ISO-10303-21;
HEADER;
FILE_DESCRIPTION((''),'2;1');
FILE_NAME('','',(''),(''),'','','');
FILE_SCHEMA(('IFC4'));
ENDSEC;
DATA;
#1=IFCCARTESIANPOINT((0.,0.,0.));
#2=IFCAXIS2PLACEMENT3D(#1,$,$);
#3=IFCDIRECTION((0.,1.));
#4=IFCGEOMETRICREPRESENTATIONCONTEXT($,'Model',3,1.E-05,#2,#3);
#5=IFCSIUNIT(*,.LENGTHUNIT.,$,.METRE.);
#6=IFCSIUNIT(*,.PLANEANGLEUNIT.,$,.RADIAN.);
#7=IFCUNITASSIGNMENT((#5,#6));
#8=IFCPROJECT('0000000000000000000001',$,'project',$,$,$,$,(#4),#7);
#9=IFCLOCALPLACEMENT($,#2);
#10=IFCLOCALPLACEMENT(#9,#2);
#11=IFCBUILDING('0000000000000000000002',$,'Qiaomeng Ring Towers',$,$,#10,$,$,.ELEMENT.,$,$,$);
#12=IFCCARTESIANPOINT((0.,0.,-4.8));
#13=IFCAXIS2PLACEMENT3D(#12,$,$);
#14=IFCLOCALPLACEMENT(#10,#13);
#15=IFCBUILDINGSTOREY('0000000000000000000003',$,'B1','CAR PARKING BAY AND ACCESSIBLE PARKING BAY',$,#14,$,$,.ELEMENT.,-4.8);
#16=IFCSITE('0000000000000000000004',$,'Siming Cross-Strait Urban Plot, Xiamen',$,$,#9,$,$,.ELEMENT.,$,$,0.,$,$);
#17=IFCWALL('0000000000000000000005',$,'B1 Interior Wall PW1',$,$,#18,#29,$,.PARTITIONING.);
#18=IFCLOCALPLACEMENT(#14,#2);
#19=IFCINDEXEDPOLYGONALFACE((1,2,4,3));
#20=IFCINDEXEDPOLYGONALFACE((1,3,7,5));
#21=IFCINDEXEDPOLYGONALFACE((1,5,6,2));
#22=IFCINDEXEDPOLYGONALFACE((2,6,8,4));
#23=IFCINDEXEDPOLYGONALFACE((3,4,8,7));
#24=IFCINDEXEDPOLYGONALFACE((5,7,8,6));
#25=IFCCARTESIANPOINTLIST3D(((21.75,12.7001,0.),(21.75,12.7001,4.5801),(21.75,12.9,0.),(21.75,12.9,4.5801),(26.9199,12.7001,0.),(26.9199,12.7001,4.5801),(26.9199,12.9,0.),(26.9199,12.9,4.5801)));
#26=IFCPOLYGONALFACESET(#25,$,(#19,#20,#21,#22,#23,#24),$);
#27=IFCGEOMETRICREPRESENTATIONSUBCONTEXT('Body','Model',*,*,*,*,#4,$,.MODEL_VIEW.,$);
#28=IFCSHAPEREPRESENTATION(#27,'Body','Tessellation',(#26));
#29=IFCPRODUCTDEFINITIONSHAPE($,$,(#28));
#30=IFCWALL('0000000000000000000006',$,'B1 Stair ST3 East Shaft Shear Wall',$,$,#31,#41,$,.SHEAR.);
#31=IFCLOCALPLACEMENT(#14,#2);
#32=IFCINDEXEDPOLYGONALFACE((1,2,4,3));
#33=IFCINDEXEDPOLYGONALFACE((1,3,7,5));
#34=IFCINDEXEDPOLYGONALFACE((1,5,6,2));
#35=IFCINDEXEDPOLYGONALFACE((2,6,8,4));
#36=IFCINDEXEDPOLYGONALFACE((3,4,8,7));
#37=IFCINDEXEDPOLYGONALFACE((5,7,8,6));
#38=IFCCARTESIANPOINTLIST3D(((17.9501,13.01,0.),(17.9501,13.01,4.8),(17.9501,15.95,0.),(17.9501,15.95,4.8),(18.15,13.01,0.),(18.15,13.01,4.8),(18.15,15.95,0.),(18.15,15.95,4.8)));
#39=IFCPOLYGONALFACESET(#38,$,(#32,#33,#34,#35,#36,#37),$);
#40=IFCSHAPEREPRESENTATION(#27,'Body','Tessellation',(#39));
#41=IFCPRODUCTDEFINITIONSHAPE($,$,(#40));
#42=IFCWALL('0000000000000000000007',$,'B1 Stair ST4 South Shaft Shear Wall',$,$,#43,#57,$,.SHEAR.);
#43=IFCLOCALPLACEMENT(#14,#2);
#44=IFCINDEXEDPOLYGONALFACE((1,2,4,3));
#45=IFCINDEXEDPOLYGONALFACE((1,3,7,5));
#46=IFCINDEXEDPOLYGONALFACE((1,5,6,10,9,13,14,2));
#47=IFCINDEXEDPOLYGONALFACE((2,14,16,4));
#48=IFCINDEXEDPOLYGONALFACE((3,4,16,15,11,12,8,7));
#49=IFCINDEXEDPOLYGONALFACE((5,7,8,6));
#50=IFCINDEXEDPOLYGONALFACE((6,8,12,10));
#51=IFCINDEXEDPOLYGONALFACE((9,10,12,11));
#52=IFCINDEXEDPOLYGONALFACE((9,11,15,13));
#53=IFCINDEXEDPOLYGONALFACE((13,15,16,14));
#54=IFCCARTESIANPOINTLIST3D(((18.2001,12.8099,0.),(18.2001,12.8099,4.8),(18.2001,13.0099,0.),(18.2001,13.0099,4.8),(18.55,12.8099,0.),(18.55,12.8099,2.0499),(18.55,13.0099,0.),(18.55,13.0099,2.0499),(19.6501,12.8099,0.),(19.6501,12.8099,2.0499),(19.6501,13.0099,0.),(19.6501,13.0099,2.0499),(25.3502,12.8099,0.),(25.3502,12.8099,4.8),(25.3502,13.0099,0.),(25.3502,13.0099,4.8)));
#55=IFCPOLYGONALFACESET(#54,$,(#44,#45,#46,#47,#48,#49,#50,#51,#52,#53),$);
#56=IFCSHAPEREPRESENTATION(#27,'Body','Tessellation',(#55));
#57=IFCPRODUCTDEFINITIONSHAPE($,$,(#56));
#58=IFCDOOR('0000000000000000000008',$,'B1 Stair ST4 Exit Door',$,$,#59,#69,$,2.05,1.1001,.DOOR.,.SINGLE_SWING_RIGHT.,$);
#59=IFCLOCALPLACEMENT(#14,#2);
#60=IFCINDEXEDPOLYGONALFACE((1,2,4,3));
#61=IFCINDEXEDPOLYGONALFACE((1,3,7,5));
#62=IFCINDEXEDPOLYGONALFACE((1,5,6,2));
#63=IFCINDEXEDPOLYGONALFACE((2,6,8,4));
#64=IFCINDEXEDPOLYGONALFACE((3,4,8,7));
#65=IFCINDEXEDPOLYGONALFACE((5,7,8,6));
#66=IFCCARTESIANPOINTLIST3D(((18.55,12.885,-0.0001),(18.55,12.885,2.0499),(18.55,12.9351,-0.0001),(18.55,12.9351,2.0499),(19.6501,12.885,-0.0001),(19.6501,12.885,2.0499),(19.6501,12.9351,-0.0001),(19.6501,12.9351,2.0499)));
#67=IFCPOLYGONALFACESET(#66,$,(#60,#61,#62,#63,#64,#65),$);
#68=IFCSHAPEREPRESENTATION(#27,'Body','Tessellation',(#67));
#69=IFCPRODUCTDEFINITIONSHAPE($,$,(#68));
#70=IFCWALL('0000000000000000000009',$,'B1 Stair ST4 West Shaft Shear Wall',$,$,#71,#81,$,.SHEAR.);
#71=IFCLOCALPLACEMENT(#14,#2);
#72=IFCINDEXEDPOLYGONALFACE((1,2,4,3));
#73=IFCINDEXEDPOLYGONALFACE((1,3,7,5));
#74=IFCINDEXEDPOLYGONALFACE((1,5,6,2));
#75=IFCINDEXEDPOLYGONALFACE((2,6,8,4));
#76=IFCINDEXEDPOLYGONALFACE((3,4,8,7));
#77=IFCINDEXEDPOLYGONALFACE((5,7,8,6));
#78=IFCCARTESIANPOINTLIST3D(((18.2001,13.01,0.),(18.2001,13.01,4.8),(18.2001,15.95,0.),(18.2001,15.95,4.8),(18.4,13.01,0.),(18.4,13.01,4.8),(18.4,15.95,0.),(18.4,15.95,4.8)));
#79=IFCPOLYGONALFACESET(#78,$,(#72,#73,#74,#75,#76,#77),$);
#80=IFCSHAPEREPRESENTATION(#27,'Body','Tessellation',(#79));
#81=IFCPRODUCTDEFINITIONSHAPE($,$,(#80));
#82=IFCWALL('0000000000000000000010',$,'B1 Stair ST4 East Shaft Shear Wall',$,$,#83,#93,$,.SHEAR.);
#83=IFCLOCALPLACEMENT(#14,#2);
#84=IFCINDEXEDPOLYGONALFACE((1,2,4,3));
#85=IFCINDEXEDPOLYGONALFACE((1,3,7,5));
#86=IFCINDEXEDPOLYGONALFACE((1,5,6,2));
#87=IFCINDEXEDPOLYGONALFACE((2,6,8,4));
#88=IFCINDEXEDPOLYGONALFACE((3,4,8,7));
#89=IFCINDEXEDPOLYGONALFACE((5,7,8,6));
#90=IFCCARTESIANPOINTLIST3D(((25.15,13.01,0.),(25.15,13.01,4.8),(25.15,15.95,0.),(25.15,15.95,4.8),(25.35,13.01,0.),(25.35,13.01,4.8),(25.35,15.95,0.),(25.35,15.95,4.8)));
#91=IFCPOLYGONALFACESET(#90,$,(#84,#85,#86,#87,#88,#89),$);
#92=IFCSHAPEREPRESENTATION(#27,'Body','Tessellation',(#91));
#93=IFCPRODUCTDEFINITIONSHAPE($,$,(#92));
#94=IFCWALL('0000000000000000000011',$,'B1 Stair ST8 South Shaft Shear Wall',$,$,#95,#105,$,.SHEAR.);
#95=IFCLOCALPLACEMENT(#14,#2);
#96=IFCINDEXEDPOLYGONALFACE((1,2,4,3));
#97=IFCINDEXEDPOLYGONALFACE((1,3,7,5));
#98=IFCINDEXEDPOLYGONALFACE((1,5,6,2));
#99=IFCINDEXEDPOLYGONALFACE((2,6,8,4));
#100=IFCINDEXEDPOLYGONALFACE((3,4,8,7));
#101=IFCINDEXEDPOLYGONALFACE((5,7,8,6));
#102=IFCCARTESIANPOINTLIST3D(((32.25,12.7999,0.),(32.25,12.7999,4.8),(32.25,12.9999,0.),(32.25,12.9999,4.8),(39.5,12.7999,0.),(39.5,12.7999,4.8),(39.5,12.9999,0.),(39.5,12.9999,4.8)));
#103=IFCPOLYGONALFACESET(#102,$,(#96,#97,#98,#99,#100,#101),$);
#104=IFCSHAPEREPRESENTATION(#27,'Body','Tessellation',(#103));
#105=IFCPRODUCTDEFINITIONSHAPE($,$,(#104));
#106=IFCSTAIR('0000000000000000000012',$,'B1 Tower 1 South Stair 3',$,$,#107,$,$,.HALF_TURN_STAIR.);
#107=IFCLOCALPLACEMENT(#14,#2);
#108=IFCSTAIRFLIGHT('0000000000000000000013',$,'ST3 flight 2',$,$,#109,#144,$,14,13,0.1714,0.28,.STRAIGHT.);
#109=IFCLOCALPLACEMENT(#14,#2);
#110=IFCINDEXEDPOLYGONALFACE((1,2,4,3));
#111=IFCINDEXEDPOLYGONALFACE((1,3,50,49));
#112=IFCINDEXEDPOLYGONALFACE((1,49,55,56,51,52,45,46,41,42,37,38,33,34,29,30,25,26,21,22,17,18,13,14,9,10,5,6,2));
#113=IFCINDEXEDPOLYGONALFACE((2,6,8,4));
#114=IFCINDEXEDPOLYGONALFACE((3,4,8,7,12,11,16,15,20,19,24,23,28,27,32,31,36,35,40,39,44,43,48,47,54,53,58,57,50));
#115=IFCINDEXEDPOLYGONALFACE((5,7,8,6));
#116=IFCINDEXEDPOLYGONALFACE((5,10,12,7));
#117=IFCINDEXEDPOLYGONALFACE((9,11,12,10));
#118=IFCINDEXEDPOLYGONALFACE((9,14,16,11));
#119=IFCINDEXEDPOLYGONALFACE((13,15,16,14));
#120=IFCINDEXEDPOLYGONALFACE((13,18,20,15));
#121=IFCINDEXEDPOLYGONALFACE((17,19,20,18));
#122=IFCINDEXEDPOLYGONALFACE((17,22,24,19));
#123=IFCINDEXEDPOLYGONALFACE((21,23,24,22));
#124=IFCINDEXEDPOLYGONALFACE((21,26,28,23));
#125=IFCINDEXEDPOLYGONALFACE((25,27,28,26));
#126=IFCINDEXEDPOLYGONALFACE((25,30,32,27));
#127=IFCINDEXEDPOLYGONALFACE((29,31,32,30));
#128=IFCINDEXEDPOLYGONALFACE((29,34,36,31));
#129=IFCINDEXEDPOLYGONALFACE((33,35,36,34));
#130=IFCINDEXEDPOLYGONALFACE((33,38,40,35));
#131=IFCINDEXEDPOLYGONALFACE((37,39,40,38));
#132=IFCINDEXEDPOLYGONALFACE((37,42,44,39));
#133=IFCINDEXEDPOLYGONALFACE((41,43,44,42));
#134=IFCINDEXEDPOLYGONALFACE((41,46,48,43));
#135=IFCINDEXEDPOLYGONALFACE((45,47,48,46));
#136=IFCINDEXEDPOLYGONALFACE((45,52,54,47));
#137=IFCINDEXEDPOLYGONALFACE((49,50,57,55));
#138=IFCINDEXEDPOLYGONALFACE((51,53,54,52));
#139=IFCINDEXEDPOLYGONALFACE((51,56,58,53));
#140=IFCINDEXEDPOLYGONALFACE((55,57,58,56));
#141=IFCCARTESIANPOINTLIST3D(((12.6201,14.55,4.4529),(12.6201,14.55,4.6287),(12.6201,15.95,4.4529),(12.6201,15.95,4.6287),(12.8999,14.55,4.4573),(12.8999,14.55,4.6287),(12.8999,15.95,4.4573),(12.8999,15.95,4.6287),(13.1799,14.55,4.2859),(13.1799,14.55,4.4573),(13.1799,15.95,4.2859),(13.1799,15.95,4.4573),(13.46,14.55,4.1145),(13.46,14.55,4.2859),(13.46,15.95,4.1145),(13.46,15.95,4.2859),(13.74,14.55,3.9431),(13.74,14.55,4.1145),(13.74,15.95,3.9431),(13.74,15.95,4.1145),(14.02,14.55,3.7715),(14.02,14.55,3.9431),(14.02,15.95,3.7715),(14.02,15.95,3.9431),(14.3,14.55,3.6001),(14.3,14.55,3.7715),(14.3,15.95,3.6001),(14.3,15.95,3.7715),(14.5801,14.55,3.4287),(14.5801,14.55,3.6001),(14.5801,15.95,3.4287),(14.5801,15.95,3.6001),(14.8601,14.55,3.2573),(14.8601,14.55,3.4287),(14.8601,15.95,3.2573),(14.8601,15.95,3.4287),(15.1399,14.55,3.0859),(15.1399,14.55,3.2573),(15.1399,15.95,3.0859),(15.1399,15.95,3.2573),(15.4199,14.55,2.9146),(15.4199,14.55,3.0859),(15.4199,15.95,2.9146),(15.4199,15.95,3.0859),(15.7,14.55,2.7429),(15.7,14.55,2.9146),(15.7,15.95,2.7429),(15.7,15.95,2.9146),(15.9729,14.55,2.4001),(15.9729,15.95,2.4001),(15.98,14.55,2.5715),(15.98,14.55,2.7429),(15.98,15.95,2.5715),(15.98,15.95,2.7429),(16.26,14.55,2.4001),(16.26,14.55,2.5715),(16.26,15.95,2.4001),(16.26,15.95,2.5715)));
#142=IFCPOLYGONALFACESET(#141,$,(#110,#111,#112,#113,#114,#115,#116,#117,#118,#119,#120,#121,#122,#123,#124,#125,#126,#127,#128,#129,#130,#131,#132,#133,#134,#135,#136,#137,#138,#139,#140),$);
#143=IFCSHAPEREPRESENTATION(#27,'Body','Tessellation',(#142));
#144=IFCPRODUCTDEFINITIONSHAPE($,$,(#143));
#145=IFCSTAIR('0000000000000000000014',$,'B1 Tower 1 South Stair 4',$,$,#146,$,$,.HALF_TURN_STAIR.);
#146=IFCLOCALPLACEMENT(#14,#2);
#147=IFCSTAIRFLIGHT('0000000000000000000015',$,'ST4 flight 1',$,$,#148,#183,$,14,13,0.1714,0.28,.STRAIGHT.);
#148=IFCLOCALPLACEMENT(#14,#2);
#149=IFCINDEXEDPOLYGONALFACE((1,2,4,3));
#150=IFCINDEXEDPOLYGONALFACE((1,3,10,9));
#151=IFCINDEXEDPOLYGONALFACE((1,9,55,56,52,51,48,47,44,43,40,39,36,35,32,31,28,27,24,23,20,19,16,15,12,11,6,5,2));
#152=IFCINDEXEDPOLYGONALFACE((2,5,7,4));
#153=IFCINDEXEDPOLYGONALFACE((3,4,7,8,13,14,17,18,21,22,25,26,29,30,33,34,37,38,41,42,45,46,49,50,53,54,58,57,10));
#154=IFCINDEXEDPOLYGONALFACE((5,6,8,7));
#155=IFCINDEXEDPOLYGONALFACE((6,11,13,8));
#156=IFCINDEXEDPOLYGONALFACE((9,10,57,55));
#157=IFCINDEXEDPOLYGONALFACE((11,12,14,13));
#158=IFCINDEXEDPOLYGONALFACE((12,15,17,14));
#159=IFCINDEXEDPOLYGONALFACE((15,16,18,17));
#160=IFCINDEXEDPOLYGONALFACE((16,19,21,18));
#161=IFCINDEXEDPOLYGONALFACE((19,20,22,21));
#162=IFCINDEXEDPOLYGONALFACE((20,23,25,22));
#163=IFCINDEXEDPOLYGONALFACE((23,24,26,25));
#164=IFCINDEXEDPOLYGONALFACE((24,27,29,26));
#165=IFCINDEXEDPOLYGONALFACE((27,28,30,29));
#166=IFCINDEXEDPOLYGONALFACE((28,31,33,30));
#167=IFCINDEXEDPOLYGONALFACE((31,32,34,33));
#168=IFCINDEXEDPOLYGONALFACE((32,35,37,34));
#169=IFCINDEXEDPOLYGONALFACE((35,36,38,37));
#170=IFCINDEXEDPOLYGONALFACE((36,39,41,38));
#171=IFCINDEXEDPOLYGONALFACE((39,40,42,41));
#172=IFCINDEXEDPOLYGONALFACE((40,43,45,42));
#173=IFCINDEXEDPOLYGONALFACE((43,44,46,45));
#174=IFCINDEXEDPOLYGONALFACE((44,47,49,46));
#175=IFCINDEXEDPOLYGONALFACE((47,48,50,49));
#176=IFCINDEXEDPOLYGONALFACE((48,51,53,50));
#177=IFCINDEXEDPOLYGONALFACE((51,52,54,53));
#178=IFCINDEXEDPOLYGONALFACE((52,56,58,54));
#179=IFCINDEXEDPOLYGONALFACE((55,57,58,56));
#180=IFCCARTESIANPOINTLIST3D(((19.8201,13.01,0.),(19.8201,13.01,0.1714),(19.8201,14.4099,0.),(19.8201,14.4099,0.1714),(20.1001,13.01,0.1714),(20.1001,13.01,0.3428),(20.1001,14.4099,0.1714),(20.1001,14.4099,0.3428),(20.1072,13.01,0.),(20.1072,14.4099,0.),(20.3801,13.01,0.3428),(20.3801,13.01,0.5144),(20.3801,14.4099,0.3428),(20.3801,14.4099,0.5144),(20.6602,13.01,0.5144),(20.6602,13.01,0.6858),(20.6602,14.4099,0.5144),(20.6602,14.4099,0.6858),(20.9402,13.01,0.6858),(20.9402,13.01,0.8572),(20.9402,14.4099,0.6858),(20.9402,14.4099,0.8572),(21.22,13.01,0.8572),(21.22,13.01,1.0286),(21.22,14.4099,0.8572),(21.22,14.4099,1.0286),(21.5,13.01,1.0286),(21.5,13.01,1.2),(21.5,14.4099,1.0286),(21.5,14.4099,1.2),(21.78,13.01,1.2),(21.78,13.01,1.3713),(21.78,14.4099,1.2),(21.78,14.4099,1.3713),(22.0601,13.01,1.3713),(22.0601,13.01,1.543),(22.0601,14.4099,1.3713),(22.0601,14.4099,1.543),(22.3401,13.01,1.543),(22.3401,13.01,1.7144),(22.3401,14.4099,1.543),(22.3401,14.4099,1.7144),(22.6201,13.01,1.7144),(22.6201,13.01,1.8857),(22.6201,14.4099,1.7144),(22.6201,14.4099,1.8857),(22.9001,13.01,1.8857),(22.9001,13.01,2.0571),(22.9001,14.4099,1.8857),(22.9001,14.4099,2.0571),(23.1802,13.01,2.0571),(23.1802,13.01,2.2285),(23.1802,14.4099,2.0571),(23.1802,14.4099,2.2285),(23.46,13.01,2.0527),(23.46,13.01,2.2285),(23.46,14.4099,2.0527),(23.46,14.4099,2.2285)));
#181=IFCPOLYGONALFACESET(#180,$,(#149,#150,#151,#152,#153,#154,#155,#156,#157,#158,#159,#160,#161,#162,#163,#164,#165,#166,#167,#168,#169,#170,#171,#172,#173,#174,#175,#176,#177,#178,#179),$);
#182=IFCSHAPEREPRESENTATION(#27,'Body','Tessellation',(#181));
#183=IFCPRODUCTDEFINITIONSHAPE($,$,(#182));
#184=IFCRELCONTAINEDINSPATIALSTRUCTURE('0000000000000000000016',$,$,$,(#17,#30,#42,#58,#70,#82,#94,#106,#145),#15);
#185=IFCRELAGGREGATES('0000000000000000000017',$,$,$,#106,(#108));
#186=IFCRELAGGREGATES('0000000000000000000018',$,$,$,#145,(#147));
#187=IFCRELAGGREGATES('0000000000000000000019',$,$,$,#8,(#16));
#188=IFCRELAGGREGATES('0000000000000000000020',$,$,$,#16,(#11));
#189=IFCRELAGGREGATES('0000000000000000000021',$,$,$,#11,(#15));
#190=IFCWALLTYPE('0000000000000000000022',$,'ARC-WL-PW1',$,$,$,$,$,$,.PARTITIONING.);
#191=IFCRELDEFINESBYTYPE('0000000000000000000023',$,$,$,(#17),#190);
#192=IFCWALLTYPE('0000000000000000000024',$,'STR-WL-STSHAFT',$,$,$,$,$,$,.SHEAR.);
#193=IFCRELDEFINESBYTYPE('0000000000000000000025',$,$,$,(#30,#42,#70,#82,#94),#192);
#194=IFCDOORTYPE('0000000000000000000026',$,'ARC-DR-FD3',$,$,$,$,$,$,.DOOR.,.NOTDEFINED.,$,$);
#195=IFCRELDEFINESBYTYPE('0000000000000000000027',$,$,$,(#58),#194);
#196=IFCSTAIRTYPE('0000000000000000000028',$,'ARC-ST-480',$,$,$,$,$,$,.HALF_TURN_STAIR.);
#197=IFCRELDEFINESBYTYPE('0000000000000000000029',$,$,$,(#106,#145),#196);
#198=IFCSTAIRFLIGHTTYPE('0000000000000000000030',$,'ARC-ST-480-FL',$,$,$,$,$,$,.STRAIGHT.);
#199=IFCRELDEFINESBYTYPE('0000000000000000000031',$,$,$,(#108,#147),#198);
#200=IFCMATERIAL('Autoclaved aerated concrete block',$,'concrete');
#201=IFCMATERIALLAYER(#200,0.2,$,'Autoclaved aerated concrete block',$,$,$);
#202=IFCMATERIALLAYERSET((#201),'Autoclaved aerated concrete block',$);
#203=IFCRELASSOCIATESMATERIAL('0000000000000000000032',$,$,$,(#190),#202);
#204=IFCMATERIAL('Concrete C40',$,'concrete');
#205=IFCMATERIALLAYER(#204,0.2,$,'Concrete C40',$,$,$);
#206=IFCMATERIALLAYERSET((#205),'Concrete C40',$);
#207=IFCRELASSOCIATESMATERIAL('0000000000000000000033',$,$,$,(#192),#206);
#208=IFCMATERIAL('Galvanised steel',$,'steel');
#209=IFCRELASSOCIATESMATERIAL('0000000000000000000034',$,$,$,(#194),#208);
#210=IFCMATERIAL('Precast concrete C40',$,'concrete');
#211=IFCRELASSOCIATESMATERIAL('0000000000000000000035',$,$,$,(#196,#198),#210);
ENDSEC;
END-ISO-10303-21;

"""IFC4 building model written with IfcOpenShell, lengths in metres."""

from ifc_helpers import new_model, si_unit, direction, frame, frame_2d, origin, place, context, subcontext, project, spatial, polyline, rectangle, outline, extrude, source, transform, mapped, material, layer, layer_set, type_object, element, fill, aggregate, save


model = new_model("IFC4")

# Units and contexts
model_context = context("Model", 3, precision=1e-05, world=origin(), true_north=direction((0.0, 1.0)))
body_context = subcontext(model_context, "Body", "Model", "MODEL_VIEW")
ifc_project = project(units=[si_unit("LENGTHUNIT", "METRE"), si_unit("PLANEANGLEUNIT", "RADIAN")], contexts=[model_context])

# Site, building, storey
site_placement = place(None, origin())
site = spatial("IfcSite", under=ifc_project, at=site_placement, Name="Siming Cross-Strait Urban Plot, Xiamen", CompositionType="ELEMENT", RefElevation=0.0)
building_placement = place(site_placement, origin())
building = spatial("IfcBuilding", under=site, at=building_placement, Name="Qiaomeng Ring Towers", CompositionType="ELEMENT")
storey_placement = place(building_placement, frame((0.0, 0.0, -4.8)))
storey = spatial("IfcBuildingStorey", under=building, at=storey_placement, Name="B1", Description="CAR PARKING BAY AND ACCESSIBLE PARKING BAY", CompositionType="ELEMENT", Elevation=-4.8)

# Walls
ifc_material_1 = material(Name="Autoclaved aerated concrete block", Category="concrete")
ifc_layer_1 = layer(ifc_material_1, 0.2, Name="Autoclaved aerated concrete block")
ifc_layer_set_1 = layer_set([ifc_layer_1], Name="Autoclaved aerated concrete block")
wall_type_1 = type_object("IfcWallType", Name="ARC-WL-PW1", PredefinedType="PARTITIONING", material=ifc_layer_set_1)
wall_1_placement = place(storey_placement, frame((21.75, 12.8, 0.0), z_axis=(0.0, 0.0, 1.0), x_axis=(1.0, 0.0, 0.0)))
element("IfcWall", 1, at=wall_1_placement, inside=storey, type_object=wall_type_1, Name="B1 Interior Wall PW1", PredefinedType="PARTITIONING", context=body_context, shape_type="SweptSolid", body=[
    extrude(rectangle(XDim=5.1699, YDim=0.2, at=frame_2d((2.585, 0.0))), origin(), (0.0, 0.0, 1.0), 4.5801),
])
ifc_material_2 = material(Name="Concrete C40", Category="concrete")
ifc_layer_2 = layer(ifc_material_2, 0.2, Name="Concrete C40")
ifc_layer_set_2 = layer_set([ifc_layer_2], Name="Concrete C40")
wall_type_2 = type_object("IfcWallType", Name="STR-WL-STSHAFT", PredefinedType="SHEAR", material=ifc_layer_set_2)
wall_2_placement = place(storey_placement, frame((18.05, 13.01, 0.0), z_axis=(0.0, 0.0, 1.0), x_axis=(0.0, 1.0, 0.0)))
element("IfcWall", 2, at=wall_2_placement, inside=storey, type_object=wall_type_2, Name="B1 Stair ST3 East Shaft Shear Wall", PredefinedType="SHEAR", context=body_context, shape_type="SweptSolid", body=[
    extrude(rectangle(XDim=2.9399, YDim=0.2, at=frame_2d((1.47, 0.0))), origin(), (0.0, 0.0, 1.0), 4.8),
])

# Wall, opening, door
wall_3_placement = place(storey_placement, frame((18.2, 12.9099, 0.0), z_axis=(0.0, 0.0, 1.0), x_axis=(1.0, 0.0, 0.0)))
wall_3 = element("IfcWall", 3, at=wall_3_placement, inside=storey, type_object=wall_type_2, Name="B1 Stair ST4 South Shaft Shear Wall", PredefinedType="SHEAR", context=body_context, shape_type="SweptSolid", body=[
    extrude(rectangle(XDim=7.1501, YDim=0.2, at=frame_2d((3.5752, 0.0))), origin(), (0.0, 0.0, 1.0), 4.8),
])
opening_placement = place(wall_3_placement, frame((0.3501, 0.0, 0.0)))
opening = element("IfcOpeningElement", 4, at=opening_placement, cuts=wall_3, PredefinedType="OPENING", context=body_context, shape_type="SweptSolid", body=[
    extrude(rectangle(XDim=1.1001, YDim=2.05, at=frame_2d((0.55, 1.0249))), frame((0.0, 0.1099, 0.0), z_axis=(0.0, -1.0, 0.0), x_axis=(1.0, 0.0, 0.0)), (0.0, 0.0, 1.0), 0.22),
])
ifc_material_3 = material(Name="Galvanised steel", Category="steel")
door_type = type_object("IfcDoorType", Name="ARC-DR-FD3", OperationType="NOTDEFINED", PredefinedType="DOOR", material=ifc_material_3)
shared_shape_1 = source(origin(), body_context, "Body", "SweptSolid", [
    extrude(rectangle(XDim=1.1001, YDim=2.05, at=frame_2d((0.55, 1.0249))), frame((0.0, 0.0249, 0.0), z_axis=(0.0, -1.0, 0.0), x_axis=(1.0, 0.0, 0.0)), (0.0, 0.0, 1.0), 0.05),
])
door_placement = place(opening_placement, frame((1.1001, 0.0, 0.0), z_axis=(0.0, 0.0, 1.0), x_axis=(-1.0, 0.0, 0.0)))
door = element("IfcDoor", 5, at=door_placement, inside=storey, type_object=door_type, Name="B1 Stair ST4 Exit Door", OperationType="SINGLE_SWING_RIGHT", OverallHeight=2.05, OverallWidth=1.1001, PredefinedType="DOOR", context=body_context, shape_type="MappedRepresentation", body=[
    mapped(shared_shape_1, transform((0.0, 0.0, 0.0), x_axis=(1.0, 0.0, 0.0), y_axis=(0.0, 1.0, 0.0), z_axis=(0.0, 0.0, 1.0), scale=1.0)),
])
fill(opening, door)

# Walls
for number, where, z_axis, x_axis, name in (
    (6, (18.3, 13.01, 0.0), (0.0, 0.0, 1.0), (0.0, 1.0, 0.0), "B1 Stair ST4 West Shaft Shear Wall"),
    (7, (25.25, 13.01, 0.0), (0.0, 0.0, 1.0), (0.0, 1.0, 0.0), "B1 Stair ST4 East Shaft Shear Wall"),
):
    element("IfcWall", number, at=place(storey_placement, frame(where, z_axis=z_axis, x_axis=x_axis)), inside=storey, type_object=wall_type_2, Name=name, PredefinedType="SHEAR", context=body_context, shape_type="SweptSolid", body=[
        extrude(rectangle(XDim=2.9399, YDim=0.2, at=frame_2d((1.47, 0.0))), origin(), (0.0, 0.0, 1.0), 4.8),
    ])
wall_4_placement = place(storey_placement, frame((32.25, 12.8999, 0.0), z_axis=(0.0, 0.0, 1.0), x_axis=(1.0, 0.0, 0.0)))
element("IfcWall", 8, at=wall_4_placement, inside=storey, type_object=wall_type_2, Name="B1 Stair ST8 South Shaft Shear Wall", PredefinedType="SHEAR", context=body_context, shape_type="SweptSolid", body=[
    extrude(rectangle(XDim=7.25, YDim=0.2, at=frame_2d((3.625, 0.0))), origin(), (0.0, 0.0, 1.0), 4.8),
])

# Stair, stair flight
ifc_material_4 = material(Name="Precast concrete C40", Category="concrete")
stair_type = type_object("IfcStairType", Name="ARC-ST-480", PredefinedType="HALF_TURN_STAIR", material=ifc_material_4)
stair_1_placement = place(storey_placement, origin())
stair_1 = element("IfcStair", 9, at=stair_1_placement, inside=storey, type_object=stair_type, Name="B1 Tower 1 South Stair 3", PredefinedType="HALF_TURN_STAIR")
stair_flight_type = type_object("IfcStairFlightType", Name="ARC-ST-480-FL", PredefinedType="STRAIGHT", material=ifc_material_4)
shared_shape_2 = source(origin(), body_context, "Body", "SweptSolid", [
    extrude(outline(polyline([(0.0, 0.0), (0.0, 0.1714), (0.28, 0.1714), (0.28, 0.3428), (0.5601, 0.3428), (0.5601, 0.5144), (0.8401, 0.5144), (0.8401, 0.6858), (1.1201, 0.6858), (1.1201, 0.8572), (1.3999, 0.8572), (1.3999, 1.0286), (1.6799, 1.0286), (1.6799, 1.2), (1.96, 1.2), (1.96, 1.3713), (2.24, 1.3713), (2.24, 1.543), (2.52, 1.543), (2.52, 1.7144), (2.8, 1.7144), (2.8, 1.8857), (3.0801, 1.8857), (3.0801, 2.0571), (3.3601, 2.0571), (3.3601, 2.2285), (3.6399, 2.2285), (3.6399, 2.3999), (3.6399, 2.0527), (0.2871, 0.0), (0.0, 0.0)])), frame((0.0, 0.7, 0.0), z_axis=(0.0, -1.0, 0.0), x_axis=(1.0, 0.0, 0.0)), (0.0, 0.0, 1.0), 1.3999),
])
stair_flight_1_placement = place(storey_placement, frame((16.26, 15.25, 2.4001), z_axis=(0.0, 0.0, 1.0), x_axis=(-1.0, 0.0, 0.0)))
stair_flight_1 = element("IfcStairFlight", 10, at=stair_flight_1_placement, type_object=stair_flight_type, Name="ST3 flight 2", NumberOfRisers=14, NumberOfTreads=13, PredefinedType="STRAIGHT", RiserHeight=0.1714, TreadLength=0.28, context=body_context, shape_type="MappedRepresentation", body=[
    mapped(shared_shape_2, transform((0.0, 0.0, 0.0), x_axis=(1.0, 0.0, 0.0), y_axis=(0.0, 1.0, 0.0), z_axis=(0.0, 0.0, 1.0), scale=1.0)),
])
aggregate(stair_1, [stair_flight_1])

# Stair, stair flight
stair_2_placement = place(storey_placement, origin())
stair_2 = element("IfcStair", 11, at=stair_2_placement, inside=storey, type_object=stair_type, Name="B1 Tower 1 South Stair 4", PredefinedType="HALF_TURN_STAIR")
stair_flight_2_placement = place(storey_placement, frame((19.8201, 13.71, 0.0), z_axis=(0.0, 0.0, 1.0), x_axis=(1.0, 0.0, 0.0)))
stair_flight_2 = element("IfcStairFlight", 12, at=stair_flight_2_placement, type_object=stair_flight_type, Name="ST4 flight 1", NumberOfRisers=14, NumberOfTreads=13, PredefinedType="STRAIGHT", RiserHeight=0.1714, TreadLength=0.28, context=body_context, shape_type="MappedRepresentation", body=[
    mapped(shared_shape_2, transform((0.0, 0.0, 0.0), x_axis=(1.0, 0.0, 0.0), y_axis=(0.0, 1.0, 0.0), z_axis=(0.0, 0.0, 1.0), scale=1.0)),
])
aggregate(stair_2, [stair_flight_2])

save(model, "model.ifc")
